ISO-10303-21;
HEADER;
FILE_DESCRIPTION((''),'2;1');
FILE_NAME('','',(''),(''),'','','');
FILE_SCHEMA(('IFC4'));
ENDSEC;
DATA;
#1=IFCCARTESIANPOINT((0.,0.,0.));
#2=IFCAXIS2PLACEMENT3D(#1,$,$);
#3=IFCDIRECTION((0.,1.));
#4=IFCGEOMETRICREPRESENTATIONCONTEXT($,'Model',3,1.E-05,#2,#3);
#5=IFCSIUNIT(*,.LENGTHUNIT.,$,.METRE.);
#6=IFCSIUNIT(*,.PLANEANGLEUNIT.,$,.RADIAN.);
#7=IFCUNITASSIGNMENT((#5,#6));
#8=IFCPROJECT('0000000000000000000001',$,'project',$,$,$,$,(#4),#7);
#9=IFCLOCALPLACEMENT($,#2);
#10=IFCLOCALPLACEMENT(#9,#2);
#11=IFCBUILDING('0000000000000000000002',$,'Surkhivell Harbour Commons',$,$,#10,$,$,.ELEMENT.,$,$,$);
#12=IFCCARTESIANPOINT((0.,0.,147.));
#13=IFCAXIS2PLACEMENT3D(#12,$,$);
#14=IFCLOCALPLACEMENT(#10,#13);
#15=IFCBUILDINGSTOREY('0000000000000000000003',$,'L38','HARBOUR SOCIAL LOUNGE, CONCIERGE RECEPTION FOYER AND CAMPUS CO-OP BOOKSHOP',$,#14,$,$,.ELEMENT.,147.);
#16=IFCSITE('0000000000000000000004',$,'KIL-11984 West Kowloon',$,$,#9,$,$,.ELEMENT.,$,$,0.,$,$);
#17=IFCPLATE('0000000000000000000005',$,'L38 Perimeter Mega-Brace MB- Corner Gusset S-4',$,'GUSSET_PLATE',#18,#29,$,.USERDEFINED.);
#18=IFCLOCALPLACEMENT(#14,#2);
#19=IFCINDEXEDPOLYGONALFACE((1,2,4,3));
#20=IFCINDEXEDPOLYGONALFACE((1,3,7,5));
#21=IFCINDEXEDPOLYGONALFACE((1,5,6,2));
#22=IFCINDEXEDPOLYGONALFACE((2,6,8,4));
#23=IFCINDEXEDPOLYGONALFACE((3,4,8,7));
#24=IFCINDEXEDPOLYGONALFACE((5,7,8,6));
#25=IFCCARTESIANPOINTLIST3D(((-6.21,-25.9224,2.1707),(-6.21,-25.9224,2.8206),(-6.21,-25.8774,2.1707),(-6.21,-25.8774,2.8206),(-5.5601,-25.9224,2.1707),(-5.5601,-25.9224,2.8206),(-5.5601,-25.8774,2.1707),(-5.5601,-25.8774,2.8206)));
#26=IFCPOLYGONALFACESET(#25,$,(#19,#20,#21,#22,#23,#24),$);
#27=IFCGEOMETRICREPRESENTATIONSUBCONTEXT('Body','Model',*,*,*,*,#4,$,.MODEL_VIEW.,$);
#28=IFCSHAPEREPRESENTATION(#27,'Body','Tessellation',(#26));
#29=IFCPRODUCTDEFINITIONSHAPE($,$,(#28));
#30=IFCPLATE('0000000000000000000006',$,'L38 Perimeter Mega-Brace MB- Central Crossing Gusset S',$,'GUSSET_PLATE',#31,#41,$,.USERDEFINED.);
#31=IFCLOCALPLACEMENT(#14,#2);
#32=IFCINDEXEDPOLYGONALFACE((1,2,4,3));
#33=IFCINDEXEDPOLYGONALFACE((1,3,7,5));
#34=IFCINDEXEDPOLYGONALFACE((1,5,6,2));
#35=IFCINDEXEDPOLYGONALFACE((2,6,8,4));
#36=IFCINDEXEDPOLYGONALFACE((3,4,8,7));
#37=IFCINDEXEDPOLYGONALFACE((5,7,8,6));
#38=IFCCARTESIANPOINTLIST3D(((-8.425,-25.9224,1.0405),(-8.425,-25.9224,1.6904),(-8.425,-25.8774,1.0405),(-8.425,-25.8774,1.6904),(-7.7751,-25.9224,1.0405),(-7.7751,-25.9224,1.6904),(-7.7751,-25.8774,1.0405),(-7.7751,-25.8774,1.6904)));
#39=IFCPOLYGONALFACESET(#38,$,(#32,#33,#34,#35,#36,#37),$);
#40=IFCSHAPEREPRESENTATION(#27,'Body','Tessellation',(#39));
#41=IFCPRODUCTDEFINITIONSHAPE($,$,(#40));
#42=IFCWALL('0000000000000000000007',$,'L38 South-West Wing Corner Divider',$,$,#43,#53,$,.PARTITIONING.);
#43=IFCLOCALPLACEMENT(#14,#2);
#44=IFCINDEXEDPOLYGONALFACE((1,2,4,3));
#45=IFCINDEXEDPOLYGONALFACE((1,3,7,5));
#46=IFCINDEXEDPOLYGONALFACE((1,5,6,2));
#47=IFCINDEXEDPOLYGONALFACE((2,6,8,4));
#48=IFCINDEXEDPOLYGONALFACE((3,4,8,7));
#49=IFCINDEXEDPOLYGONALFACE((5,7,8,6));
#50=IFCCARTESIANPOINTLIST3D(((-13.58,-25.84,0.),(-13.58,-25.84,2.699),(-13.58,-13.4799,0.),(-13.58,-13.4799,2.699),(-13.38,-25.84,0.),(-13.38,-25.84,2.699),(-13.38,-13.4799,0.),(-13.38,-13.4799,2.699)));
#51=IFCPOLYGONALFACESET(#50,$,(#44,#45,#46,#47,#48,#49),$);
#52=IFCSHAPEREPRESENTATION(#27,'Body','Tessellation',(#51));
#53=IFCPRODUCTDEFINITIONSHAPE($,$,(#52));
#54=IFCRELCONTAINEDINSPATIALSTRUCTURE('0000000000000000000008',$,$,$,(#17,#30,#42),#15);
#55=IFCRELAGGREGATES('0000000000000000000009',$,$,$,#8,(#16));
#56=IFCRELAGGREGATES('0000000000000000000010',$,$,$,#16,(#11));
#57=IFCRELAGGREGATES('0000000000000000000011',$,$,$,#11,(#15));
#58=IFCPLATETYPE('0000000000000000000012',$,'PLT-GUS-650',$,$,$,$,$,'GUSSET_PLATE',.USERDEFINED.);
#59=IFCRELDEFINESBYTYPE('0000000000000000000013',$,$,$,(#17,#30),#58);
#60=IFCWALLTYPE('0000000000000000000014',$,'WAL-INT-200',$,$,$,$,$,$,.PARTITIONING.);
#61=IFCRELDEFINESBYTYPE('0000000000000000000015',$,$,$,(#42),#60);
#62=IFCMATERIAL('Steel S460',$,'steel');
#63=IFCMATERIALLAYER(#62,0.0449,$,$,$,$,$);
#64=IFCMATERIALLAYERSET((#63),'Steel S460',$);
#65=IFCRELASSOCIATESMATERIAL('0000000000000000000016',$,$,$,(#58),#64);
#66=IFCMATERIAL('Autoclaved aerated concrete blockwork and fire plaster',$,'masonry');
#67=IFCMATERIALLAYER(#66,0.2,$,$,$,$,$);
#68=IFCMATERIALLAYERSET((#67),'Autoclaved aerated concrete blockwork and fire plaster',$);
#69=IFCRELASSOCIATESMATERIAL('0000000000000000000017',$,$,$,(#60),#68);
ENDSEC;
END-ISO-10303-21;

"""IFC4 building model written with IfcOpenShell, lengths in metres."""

from ifc_helpers import new_model, si_unit, direction, frame, frame_2d, origin, origin_2d, place, context, subcontext, project, spatial, rectangle, extrude, material, layer, layer_set, type_object, element, save


model = new_model("IFC4")

# Units and contexts
model_context = context("Model", 3, precision=1e-05, world=origin(), true_north=direction((0.0, 1.0)))
body_context = subcontext(model_context, "Body", "Model", "MODEL_VIEW")
ifc_project = project(units=[si_unit("LENGTHUNIT", "METRE"), si_unit("PLANEANGLEUNIT", "RADIAN")], contexts=[model_context])

# Site, building, storey
site_placement = place(None, origin())
site = spatial("IfcSite", under=ifc_project, at=site_placement, Name="KIL-11984 West Kowloon", CompositionType="ELEMENT", RefElevation=0.0)
building_placement = place(site_placement, origin())
building = spatial("IfcBuilding", under=site, at=building_placement, Name="Surkhivell Harbour Commons", CompositionType="ELEMENT")
storey_placement = place(building_placement, frame((0.0, 0.0, 147.0)))
storey = spatial("IfcBuildingStorey", under=building, at=storey_placement, Name="L38", Description="HARBOUR SOCIAL LOUNGE, CONCIERGE RECEPTION FOYER AND CAMPUS CO-OP BOOKSHOP", CompositionType="ELEMENT", Elevation=147.0)

# Shared definitions
ifc_material_1 = material(Name="Steel S460", Category="steel")

# Plates
ifc_layer_1 = layer(ifc_material_1, 0.0449)
ifc_layer_set_1 = layer_set([ifc_layer_1], Name="Steel S460")
plate_type_1 = type_object("IfcPlateType", Name="PLT-GUS-650", ElementType="GUSSET_PLATE", PredefinedType="USERDEFINED", material=ifc_layer_set_1)
for number, where, z_axis, x_axis, name in (
    (1, (-5.885, -25.8999, 2.1707), (0.0, 0.0, 1.0), (1.0, 0.0, 0.0), "L38 Perimeter Mega-Brace MB- Corner Gusset S-4"),
    (2, (-8.1001, -25.8999, 1.0405), (0.0, 0.0, 1.0), (1.0, 0.0, 0.0), "L38 Perimeter Mega-Brace MB- Central Crossing Gusset S"),
):
    element("IfcPlate", number, at=place(storey_placement, frame(where, z_axis=z_axis, x_axis=x_axis)), inside=storey, type_object=plate_type_1, Name=name, ObjectType="GUSSET_PLATE", PredefinedType="USERDEFINED", context=body_context, shape_type="SweptSolid", body=[
        extrude(rectangle(XDim=0.6499, YDim=0.0449, at=origin_2d()), origin(), (0.0, 0.0, 1.0), 0.6499),
    ])

# Wall
ifc_material_2 = material(Name="Autoclaved aerated concrete blockwork and fire plaster", Category="masonry")
ifc_layer_2 = layer(ifc_material_2, 0.2)
ifc_layer_set_2 = layer_set([ifc_layer_2], Name="Autoclaved aerated concrete blockwork and fire plaster")
wall_type = type_object("IfcWallType", Name="WAL-INT-200", PredefinedType="PARTITIONING", material=ifc_layer_set_2)
wall_placement = place(storey_placement, frame((-13.48, -25.8401, 0.0), z_axis=(0.0, 0.0, 1.0), x_axis=(0.0, 1.0, 0.0)))
element("IfcWall", 3, at=wall_placement, inside=storey, type_object=wall_type, Name="L38 South-West Wing Corner Divider", PredefinedType="PARTITIONING", context=body_context, shape_type="SweptSolid", body=[
    extrude(rectangle(XDim=12.3601, YDim=0.2, at=frame_2d((6.1802, 0.0))), origin(), (0.0, 0.0, 1.0), 2.699),
])

save(model, "model.ifc")
